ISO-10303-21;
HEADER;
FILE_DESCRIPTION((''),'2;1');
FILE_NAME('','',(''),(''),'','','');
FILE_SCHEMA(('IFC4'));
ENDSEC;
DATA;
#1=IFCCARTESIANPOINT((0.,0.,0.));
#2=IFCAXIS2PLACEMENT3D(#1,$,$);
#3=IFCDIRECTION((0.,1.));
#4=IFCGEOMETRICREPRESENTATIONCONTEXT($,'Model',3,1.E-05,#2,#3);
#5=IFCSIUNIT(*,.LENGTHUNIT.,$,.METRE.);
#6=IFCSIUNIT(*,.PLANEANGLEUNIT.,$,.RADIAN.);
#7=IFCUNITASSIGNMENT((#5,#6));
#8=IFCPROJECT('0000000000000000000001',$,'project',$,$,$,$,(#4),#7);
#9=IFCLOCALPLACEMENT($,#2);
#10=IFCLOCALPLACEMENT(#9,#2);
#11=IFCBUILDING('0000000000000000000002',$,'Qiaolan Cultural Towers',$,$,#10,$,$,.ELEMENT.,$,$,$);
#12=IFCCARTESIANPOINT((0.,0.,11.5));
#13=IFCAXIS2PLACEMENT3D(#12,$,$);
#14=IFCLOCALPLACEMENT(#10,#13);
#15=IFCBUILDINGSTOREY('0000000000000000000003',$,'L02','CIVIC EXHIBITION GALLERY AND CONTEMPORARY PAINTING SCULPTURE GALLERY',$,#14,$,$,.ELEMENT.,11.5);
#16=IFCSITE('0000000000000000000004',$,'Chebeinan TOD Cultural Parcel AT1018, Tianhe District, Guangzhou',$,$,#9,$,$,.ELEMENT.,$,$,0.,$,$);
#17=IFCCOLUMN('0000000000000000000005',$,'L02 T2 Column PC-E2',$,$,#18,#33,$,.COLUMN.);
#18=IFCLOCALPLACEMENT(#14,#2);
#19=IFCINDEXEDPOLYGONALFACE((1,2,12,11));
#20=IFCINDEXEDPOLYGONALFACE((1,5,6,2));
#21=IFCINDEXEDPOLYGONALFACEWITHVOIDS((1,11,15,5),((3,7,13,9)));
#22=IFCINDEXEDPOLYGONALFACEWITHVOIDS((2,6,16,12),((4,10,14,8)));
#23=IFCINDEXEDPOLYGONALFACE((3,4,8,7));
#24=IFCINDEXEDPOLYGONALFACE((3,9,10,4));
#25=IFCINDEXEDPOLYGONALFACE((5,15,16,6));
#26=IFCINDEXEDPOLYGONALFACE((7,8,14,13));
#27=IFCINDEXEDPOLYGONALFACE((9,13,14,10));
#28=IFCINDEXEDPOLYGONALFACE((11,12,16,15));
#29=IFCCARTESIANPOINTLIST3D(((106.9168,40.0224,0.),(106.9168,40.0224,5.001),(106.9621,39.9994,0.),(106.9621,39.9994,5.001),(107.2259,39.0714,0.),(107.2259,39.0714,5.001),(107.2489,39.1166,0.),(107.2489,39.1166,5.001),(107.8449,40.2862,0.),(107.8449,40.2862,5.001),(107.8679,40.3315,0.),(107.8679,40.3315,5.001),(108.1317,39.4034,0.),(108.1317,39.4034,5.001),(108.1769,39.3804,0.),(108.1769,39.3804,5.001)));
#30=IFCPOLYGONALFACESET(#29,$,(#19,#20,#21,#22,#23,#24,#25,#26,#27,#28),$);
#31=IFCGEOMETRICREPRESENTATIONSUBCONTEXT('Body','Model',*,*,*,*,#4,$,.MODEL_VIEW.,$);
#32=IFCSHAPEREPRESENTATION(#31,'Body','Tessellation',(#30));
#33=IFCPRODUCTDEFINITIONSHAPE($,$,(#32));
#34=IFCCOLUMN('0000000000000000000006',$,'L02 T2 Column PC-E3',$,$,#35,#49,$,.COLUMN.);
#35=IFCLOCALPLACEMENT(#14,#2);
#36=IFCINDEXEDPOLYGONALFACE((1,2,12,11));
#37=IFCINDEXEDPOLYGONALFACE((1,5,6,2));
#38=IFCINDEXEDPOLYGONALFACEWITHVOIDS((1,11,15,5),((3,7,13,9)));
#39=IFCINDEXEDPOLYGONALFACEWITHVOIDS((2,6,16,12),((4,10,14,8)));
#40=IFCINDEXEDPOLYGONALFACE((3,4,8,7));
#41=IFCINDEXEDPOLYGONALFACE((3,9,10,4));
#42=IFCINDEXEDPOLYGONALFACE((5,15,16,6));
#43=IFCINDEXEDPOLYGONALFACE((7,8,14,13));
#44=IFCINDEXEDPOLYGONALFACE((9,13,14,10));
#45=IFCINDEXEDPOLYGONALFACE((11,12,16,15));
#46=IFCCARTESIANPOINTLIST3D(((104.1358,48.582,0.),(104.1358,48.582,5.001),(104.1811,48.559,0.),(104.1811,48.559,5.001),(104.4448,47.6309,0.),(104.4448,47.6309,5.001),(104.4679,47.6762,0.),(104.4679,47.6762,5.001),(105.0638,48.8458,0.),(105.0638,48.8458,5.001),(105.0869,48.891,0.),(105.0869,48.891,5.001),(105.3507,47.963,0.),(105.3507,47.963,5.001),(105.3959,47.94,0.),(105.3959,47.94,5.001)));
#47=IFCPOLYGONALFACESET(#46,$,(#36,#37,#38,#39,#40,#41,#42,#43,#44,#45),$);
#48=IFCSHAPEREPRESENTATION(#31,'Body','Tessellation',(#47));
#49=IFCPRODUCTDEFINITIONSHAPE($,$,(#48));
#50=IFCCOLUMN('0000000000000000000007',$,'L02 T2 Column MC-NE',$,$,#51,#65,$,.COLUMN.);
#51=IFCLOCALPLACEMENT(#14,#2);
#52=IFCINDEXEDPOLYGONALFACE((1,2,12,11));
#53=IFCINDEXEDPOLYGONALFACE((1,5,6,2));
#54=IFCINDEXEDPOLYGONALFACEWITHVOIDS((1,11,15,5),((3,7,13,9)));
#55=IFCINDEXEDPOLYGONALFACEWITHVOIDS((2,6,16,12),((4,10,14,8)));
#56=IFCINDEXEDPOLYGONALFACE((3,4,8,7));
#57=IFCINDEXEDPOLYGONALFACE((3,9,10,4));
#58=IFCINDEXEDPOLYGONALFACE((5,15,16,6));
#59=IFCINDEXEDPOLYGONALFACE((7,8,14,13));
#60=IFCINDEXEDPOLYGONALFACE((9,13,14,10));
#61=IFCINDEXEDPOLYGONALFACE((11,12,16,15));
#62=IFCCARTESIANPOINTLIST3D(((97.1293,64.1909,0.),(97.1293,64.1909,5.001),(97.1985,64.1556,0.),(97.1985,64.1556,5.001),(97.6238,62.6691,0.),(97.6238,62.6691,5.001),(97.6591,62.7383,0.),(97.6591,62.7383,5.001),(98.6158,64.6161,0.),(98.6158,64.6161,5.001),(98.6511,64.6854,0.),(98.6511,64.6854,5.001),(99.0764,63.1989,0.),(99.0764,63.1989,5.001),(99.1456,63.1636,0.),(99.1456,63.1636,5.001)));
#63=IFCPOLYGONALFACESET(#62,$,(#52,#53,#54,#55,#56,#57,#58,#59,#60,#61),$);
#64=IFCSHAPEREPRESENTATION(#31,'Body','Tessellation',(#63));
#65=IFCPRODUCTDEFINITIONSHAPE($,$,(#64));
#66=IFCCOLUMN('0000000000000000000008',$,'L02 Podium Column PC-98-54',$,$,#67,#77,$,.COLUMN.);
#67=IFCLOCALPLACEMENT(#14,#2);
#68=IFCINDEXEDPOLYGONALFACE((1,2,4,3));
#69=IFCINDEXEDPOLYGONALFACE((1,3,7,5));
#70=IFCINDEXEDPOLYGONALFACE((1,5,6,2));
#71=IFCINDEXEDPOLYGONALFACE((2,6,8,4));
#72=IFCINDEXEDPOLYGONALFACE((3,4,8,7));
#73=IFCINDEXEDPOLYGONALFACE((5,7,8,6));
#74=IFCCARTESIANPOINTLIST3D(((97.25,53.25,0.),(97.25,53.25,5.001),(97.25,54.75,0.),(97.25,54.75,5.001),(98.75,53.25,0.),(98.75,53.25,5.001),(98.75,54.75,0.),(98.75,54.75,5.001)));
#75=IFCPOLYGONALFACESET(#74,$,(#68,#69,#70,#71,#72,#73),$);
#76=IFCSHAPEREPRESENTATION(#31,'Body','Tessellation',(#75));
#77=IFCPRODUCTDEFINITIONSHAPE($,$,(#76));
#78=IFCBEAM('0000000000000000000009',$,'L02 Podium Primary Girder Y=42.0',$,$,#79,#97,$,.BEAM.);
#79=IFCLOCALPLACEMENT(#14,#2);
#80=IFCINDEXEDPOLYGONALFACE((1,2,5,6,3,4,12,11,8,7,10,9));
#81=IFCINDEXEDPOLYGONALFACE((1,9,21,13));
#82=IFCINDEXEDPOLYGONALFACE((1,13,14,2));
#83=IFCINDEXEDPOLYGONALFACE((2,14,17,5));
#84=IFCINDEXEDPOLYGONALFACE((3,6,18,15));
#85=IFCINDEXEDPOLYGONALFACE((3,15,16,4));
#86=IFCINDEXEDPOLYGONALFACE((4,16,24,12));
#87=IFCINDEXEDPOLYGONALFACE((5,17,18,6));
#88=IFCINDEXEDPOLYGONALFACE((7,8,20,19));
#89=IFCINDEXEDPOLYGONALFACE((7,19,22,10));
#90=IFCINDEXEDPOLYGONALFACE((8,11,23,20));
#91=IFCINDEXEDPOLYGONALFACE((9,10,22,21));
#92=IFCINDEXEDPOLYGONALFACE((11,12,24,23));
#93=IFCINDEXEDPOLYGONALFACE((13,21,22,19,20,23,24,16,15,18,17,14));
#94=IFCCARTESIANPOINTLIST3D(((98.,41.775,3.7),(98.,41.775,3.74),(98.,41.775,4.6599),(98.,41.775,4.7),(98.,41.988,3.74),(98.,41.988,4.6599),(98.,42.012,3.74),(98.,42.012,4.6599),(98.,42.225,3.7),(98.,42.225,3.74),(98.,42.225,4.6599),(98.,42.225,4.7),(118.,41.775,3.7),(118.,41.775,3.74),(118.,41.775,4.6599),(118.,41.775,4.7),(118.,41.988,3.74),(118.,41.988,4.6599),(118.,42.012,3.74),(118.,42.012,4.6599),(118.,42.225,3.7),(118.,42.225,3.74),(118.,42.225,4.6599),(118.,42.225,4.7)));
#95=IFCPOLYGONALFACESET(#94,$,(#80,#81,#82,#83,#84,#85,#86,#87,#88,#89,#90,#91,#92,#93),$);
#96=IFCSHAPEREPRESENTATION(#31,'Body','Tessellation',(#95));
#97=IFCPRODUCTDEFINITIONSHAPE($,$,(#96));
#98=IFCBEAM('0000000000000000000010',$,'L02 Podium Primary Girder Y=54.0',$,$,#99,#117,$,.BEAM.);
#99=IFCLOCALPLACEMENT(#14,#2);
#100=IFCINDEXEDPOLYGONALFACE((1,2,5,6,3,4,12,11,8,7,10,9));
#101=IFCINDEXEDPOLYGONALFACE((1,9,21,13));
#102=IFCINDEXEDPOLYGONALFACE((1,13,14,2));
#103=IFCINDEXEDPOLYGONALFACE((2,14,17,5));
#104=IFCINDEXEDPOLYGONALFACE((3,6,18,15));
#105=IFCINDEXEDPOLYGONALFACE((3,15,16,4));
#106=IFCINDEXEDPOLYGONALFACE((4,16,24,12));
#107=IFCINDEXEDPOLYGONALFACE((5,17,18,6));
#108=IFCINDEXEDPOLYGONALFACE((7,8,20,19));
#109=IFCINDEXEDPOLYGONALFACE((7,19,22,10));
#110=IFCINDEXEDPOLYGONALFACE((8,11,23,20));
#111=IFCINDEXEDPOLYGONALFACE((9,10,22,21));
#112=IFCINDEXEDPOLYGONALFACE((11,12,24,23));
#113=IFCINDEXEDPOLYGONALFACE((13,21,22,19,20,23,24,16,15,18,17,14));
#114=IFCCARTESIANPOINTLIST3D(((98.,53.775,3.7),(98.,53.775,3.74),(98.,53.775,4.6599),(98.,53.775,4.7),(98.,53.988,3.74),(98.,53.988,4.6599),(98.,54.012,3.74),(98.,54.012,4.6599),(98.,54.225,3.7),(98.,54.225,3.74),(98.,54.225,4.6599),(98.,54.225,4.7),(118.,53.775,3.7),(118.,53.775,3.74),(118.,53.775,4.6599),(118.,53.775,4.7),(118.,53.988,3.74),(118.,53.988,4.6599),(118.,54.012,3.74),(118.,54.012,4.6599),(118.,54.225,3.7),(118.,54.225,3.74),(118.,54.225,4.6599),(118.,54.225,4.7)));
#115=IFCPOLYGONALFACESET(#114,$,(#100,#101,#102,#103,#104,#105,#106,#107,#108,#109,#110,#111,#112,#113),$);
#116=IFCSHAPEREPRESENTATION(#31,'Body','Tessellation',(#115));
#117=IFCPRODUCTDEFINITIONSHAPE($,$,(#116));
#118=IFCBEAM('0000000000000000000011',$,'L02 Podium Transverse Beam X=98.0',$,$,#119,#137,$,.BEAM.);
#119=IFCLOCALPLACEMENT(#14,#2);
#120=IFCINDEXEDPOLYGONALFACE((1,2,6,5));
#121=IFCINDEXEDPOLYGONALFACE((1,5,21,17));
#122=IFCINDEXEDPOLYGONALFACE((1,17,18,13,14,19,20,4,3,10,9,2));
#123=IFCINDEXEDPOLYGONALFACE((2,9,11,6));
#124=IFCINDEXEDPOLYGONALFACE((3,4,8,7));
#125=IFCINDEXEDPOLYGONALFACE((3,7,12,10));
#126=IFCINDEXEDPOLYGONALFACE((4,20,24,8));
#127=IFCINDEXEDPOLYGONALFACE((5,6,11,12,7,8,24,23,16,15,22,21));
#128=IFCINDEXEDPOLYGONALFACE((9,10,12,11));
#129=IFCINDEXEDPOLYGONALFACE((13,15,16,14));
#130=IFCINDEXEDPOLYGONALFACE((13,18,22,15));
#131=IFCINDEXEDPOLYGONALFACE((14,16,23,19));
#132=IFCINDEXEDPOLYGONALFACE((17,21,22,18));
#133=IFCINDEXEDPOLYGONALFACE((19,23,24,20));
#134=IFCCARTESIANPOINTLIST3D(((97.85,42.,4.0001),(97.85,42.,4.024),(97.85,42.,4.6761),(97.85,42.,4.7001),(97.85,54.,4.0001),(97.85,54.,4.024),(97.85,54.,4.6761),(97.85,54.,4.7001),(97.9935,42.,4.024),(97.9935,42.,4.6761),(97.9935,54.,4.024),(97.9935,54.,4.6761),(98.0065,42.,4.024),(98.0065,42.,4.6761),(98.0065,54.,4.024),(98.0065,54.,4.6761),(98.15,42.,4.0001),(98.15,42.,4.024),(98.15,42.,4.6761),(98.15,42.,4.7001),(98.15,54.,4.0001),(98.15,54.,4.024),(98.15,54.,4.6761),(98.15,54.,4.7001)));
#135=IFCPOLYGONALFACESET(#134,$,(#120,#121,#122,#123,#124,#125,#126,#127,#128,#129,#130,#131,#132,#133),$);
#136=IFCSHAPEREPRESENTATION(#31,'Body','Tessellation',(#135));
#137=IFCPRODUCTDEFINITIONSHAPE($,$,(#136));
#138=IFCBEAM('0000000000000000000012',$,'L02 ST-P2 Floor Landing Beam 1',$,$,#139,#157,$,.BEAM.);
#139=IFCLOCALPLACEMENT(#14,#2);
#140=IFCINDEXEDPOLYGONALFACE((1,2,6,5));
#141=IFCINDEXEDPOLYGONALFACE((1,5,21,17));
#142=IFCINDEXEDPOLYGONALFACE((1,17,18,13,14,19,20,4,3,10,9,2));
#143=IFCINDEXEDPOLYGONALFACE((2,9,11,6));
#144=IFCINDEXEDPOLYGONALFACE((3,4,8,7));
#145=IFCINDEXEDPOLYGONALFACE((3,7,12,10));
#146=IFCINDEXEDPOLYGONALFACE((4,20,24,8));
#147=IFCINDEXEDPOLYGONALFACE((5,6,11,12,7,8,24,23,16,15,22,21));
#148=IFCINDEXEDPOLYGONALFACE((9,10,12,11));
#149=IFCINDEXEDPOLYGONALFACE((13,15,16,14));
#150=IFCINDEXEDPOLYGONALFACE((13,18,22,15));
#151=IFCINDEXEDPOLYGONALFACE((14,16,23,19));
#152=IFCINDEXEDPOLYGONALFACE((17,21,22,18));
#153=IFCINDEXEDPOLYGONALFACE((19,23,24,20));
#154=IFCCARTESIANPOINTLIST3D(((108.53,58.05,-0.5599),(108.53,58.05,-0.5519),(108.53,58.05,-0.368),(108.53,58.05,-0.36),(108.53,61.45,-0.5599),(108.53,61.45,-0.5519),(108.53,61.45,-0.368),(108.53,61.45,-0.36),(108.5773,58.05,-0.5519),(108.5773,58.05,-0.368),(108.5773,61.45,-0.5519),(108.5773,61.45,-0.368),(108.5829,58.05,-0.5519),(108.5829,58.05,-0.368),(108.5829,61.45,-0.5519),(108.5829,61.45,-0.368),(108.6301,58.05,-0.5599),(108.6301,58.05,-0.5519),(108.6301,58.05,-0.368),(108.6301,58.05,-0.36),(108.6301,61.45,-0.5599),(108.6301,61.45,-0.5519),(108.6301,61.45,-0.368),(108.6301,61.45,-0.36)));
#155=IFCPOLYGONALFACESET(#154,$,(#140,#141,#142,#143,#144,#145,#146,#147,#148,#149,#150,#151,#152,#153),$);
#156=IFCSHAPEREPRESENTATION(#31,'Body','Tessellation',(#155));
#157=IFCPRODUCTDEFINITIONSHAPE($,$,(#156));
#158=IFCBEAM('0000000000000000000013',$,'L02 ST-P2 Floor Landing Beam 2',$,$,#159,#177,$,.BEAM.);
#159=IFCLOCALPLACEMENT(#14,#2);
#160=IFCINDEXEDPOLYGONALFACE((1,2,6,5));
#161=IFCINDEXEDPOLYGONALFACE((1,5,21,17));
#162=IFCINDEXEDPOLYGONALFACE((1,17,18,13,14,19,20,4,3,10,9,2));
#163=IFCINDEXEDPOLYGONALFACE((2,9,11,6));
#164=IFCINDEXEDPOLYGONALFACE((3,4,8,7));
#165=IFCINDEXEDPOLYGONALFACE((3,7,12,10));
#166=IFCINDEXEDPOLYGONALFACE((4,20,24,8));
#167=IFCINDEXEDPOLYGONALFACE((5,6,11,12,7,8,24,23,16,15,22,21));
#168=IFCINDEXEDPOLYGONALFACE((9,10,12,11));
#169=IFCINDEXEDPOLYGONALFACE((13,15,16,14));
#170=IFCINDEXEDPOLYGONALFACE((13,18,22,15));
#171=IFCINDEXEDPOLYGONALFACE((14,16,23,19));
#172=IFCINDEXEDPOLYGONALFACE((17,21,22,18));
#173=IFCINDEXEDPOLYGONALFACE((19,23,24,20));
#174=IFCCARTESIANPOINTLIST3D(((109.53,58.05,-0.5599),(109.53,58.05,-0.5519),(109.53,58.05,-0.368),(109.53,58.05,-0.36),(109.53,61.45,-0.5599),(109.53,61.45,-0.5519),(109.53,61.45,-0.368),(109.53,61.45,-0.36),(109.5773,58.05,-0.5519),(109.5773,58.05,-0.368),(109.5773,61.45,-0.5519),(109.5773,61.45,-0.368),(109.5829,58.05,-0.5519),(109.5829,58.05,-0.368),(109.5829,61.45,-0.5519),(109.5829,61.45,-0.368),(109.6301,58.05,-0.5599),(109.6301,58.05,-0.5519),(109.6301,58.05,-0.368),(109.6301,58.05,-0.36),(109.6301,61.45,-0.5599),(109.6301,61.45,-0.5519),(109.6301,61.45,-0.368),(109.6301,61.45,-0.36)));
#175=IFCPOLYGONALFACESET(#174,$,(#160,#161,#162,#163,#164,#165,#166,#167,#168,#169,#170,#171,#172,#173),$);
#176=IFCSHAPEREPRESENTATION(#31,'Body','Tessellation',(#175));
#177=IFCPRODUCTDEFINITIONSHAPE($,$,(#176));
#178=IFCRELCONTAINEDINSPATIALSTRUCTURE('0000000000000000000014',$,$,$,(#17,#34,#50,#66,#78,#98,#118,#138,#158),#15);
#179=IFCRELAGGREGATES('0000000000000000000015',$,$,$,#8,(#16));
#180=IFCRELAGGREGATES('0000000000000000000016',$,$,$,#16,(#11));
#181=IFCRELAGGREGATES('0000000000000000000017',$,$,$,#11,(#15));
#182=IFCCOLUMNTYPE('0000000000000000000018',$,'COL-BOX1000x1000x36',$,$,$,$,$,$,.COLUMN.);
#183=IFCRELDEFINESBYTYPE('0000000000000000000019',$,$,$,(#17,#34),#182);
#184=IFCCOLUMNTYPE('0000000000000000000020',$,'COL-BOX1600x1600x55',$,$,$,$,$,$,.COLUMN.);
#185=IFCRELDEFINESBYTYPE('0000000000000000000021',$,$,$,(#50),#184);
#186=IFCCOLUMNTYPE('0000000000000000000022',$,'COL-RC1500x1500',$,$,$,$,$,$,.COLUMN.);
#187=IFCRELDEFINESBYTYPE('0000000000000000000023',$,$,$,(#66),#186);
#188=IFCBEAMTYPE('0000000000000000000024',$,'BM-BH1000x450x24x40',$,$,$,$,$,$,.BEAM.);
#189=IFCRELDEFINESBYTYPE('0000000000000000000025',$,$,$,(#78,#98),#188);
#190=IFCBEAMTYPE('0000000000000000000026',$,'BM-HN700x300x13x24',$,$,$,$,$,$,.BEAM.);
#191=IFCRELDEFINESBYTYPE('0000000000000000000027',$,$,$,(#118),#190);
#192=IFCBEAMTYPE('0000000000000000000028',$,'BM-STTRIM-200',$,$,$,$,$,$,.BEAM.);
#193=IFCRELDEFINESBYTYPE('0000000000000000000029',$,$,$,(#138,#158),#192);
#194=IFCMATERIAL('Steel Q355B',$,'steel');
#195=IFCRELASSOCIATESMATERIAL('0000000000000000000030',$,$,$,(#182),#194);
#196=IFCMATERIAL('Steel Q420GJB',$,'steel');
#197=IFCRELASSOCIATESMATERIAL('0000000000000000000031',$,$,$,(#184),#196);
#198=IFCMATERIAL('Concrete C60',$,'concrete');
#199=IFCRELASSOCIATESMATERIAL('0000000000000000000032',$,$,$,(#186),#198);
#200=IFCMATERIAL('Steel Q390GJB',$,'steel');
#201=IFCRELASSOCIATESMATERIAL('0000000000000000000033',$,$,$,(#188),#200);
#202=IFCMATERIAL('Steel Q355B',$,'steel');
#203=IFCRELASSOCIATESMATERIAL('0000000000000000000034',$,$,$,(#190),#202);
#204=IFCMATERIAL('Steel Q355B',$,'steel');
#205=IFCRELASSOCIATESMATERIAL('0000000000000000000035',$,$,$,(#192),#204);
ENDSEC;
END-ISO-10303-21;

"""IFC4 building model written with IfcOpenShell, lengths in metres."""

from ifc_helpers import new_model, si_unit, direction, frame, origin, origin_2d, place, context, subcontext, project, spatial, rectangle, hollow_rectangle, i_section, extrude, material, material_profile, profile_set, type_object, element, save


model = new_model("IFC4")

# Units and contexts
model_context = context("Model", 3, precision=1e-05, world=origin(), true_north=direction((0.0, 1.0)))
body_context = subcontext(model_context, "Body", "Model", "MODEL_VIEW")
ifc_project = project(units=[si_unit("LENGTHUNIT", "METRE"), si_unit("PLANEANGLEUNIT", "RADIAN")], contexts=[model_context])

# Site, building, storey
site_placement = place(None, origin())
site = spatial("IfcSite", under=ifc_project, at=site_placement, Name="Chebeinan TOD Cultural Parcel AT1018, Tianhe District, Guangzhou", CompositionType="ELEMENT", RefElevation=0.0)
building_placement = place(site_placement, origin())
building = spatial("IfcBuilding", under=site, at=building_placement, Name="Qiaolan Cultural Towers", CompositionType="ELEMENT")
storey_placement = place(building_placement, frame((0.0, 0.0, 11.5)))
storey = spatial("IfcBuildingStorey", under=building, at=storey_placement, Name="L02", Description="CIVIC EXHIBITION GALLERY AND CONTEMPORARY PAINTING SCULPTURE GALLERY", CompositionType="ELEMENT", Elevation=11.5)

# Columns
ifc_material_1 = material(Name="Steel Q355B", Category="steel")
ifc_material_profile_1 = material_profile(ifc_material_1, hollow_rectangle(XDim=1.0, YDim=1.0, WallThickness=0.0359, at=origin_2d()), Name="BOX1000x1000x36")
ifc_profile_set_1 = profile_set([ifc_material_profile_1], Name="Steel Q355B")
column_type_1 = type_object("IfcColumnType", Name="COL-BOX1000x1000x36", PredefinedType="COLUMN", material=ifc_profile_set_1)
for number, where, z_axis, x_axis, name in (
    (1, (107.5469, 39.7014, 0.0), (0.0, 0.0, 1.0), (0.951057, 0.309017, 0.0), "L02 T2 Column PC-E2"),
    (2, (104.7659, 48.261, 0.0), (0.0, 0.0, 1.0), (0.951057, 0.309017, 0.0), "L02 T2 Column PC-E3"),
):
    element("IfcColumn", number, at=place(storey_placement, frame(where, z_axis=z_axis, x_axis=x_axis)), inside=storey, type_object=column_type_1, Name=name, PredefinedType="COLUMN", context=body_context, shape_type="SweptSolid", body=[
        extrude(hollow_rectangle(XDim=1.0, YDim=1.0, WallThickness=0.0359, at=origin_2d()), origin(), (0.0, 0.0, 1.0), 5.001),
    ])
ifc_material_2 = material(Name="Steel Q420GJB", Category="steel")
ifc_material_profile_2 = material_profile(ifc_material_2, hollow_rectangle(XDim=1.6001, YDim=1.6001, WallThickness=0.0549, at=origin_2d()), Name="BOX1600x1600x55")
ifc_profile_set_2 = profile_set([ifc_material_profile_2], Name="Steel Q420GJB")
column_type_2 = type_object("IfcColumnType", Name="COL-BOX1600x1600x55", PredefinedType="COLUMN", material=ifc_profile_set_2)
column_1_placement = place(storey_placement, frame((98.1375, 63.6772, 0.0), z_axis=(0.0, 0.0, 1.0), x_axis=(0.951057, 0.309017, 0.0)))
element("IfcColumn", 3, at=column_1_placement, inside=storey, type_object=column_type_2, Name="L02 T2 Column MC-NE", PredefinedType="COLUMN", context=body_context, shape_type="SweptSolid", body=[
    extrude(hollow_rectangle(XDim=1.6001, YDim=1.6001, WallThickness=0.0549, at=origin_2d()), origin(), (0.0, 0.0, 1.0), 5.001),
])
ifc_material_3 = material(Name="Concrete C60", Category="concrete")
ifc_material_profile_3 = material_profile(ifc_material_3, rectangle(XDim=1.5, YDim=1.5, at=origin_2d()), Name="RC1500x1500")
ifc_profile_set_3 = profile_set([ifc_material_profile_3], Name="Concrete C60")
column_type_3 = type_object("IfcColumnType", Name="COL-RC1500x1500", PredefinedType="COLUMN", material=ifc_profile_set_3)
column_2_placement = place(storey_placement, frame((98.0, 54.0, 0.0), z_axis=(0.0, 0.0, 1.0), x_axis=(1.0, 0.0, 0.0)))
element("IfcColumn", 4, at=column_2_placement, inside=storey, type_object=column_type_3, Name="L02 Podium Column PC-98-54", PredefinedType="COLUMN", context=body_context, shape_type="SweptSolid", body=[
    extrude(rectangle(XDim=1.5, YDim=1.5, at=origin_2d()), origin(), (0.0, 0.0, 1.0), 5.001),
])

# Beams
ifc_material_4 = material(Name="Steel Q390GJB", Category="steel")
ifc_material_profile_4 = material_profile(ifc_material_4, i_section(OverallWidth=0.45, OverallDepth=1.0, WebThickness=0.0239, FlangeThickness=0.04, at=origin_2d()), Name="BH1000x450x24x40")
ifc_profile_set_4 = profile_set([ifc_material_profile_4], Name="Steel Q390GJB")
beam_type_1 = type_object("IfcBeamType", Name="BM-BH1000x450x24x40", PredefinedType="BEAM", material=ifc_profile_set_4)
for number, where, z_axis, x_axis, name in (
    (5, (98.0, 42.0, 4.2), (1.0, 0.0, 0.0), (0.0, 1.0, 0.0), "L02 Podium Primary Girder Y=42.0"),
    (6, (98.0, 54.0, 4.2), (1.0, 0.0, 0.0), (0.0, 1.0, 0.0), "L02 Podium Primary Girder Y=54.0"),
):
    element("IfcBeam", number, at=place(storey_placement, frame(where, z_axis=z_axis, x_axis=x_axis)), inside=storey, type_object=beam_type_1, Name=name, PredefinedType="BEAM", context=body_context, shape_type="SweptSolid", body=[
        extrude(i_section(OverallWidth=0.45, OverallDepth=1.0, WebThickness=0.0239, FlangeThickness=0.04, at=origin_2d()), origin(), (0.0, 0.0, 1.0), 20.0),
    ])
ifc_material_5 = material(Name="Steel Q355B", Category="steel")
ifc_material_profile_5 = material_profile(ifc_material_5, i_section(OverallWidth=0.3, OverallDepth=0.7, WebThickness=0.0129, FlangeThickness=0.0239, at=origin_2d()), Name="HN700x300x13x24")
ifc_profile_set_5 = profile_set([ifc_material_profile_5], Name="Steel Q355B")
beam_type_2 = type_object("IfcBeamType", Name="BM-HN700x300x13x24", PredefinedType="BEAM", material=ifc_profile_set_5)
beam_1_placement = place(storey_placement, frame((98.0, 42.0, 4.3501), z_axis=(0.0, 1.0, 0.0), x_axis=(-1.0, 0.0, 0.0)))
element("IfcBeam", 7, at=beam_1_placement, inside=storey, type_object=beam_type_2, Name="L02 Podium Transverse Beam X=98.0", PredefinedType="BEAM", context=body_context, shape_type="SweptSolid", body=[
    extrude(i_section(OverallWidth=0.3, OverallDepth=0.7, WebThickness=0.0129, FlangeThickness=0.0239, at=origin_2d()), origin(), (0.0, 0.0, 1.0), 12.0),
])
ifc_material_6 = material(Name="Steel Q355B", Category="steel")
ifc_material_profile_6 = material_profile(ifc_material_6, i_section(OverallWidth=0.1001, OverallDepth=0.2, WebThickness=0.0056, FlangeThickness=0.0081, at=origin_2d()), Name="HN200x100x5.5x8")
ifc_profile_set_6 = profile_set([ifc_material_profile_6], Name="Steel Q355B")
beam_type_3 = type_object("IfcBeamType", Name="BM-STTRIM-200", PredefinedType="BEAM", material=ifc_profile_set_6)
for number, where, z_axis, x_axis, name in (
    (8, (108.5801, 58.05, -0.46), (0.0, 1.0, 0.0), (-1.0, 0.0, 0.0), "L02 ST-P2 Floor Landing Beam 1"),
    (9, (109.5801, 58.05, -0.46), (0.0, 1.0, 0.0), (-1.0, 0.0, 0.0), "L02 ST-P2 Floor Landing Beam 2"),
):
    element("IfcBeam", number, at=place(storey_placement, frame(where, z_axis=z_axis, x_axis=x_axis)), inside=storey, type_object=beam_type_3, Name=name, PredefinedType="BEAM", context=body_context, shape_type="SweptSolid", body=[
        extrude(i_section(OverallWidth=0.1001, OverallDepth=0.2, WebThickness=0.0056, FlangeThickness=0.0081, at=origin_2d()), origin(), (0.0, 0.0, 1.0), 3.3999),
    ])

save(model, "model.ifc")
